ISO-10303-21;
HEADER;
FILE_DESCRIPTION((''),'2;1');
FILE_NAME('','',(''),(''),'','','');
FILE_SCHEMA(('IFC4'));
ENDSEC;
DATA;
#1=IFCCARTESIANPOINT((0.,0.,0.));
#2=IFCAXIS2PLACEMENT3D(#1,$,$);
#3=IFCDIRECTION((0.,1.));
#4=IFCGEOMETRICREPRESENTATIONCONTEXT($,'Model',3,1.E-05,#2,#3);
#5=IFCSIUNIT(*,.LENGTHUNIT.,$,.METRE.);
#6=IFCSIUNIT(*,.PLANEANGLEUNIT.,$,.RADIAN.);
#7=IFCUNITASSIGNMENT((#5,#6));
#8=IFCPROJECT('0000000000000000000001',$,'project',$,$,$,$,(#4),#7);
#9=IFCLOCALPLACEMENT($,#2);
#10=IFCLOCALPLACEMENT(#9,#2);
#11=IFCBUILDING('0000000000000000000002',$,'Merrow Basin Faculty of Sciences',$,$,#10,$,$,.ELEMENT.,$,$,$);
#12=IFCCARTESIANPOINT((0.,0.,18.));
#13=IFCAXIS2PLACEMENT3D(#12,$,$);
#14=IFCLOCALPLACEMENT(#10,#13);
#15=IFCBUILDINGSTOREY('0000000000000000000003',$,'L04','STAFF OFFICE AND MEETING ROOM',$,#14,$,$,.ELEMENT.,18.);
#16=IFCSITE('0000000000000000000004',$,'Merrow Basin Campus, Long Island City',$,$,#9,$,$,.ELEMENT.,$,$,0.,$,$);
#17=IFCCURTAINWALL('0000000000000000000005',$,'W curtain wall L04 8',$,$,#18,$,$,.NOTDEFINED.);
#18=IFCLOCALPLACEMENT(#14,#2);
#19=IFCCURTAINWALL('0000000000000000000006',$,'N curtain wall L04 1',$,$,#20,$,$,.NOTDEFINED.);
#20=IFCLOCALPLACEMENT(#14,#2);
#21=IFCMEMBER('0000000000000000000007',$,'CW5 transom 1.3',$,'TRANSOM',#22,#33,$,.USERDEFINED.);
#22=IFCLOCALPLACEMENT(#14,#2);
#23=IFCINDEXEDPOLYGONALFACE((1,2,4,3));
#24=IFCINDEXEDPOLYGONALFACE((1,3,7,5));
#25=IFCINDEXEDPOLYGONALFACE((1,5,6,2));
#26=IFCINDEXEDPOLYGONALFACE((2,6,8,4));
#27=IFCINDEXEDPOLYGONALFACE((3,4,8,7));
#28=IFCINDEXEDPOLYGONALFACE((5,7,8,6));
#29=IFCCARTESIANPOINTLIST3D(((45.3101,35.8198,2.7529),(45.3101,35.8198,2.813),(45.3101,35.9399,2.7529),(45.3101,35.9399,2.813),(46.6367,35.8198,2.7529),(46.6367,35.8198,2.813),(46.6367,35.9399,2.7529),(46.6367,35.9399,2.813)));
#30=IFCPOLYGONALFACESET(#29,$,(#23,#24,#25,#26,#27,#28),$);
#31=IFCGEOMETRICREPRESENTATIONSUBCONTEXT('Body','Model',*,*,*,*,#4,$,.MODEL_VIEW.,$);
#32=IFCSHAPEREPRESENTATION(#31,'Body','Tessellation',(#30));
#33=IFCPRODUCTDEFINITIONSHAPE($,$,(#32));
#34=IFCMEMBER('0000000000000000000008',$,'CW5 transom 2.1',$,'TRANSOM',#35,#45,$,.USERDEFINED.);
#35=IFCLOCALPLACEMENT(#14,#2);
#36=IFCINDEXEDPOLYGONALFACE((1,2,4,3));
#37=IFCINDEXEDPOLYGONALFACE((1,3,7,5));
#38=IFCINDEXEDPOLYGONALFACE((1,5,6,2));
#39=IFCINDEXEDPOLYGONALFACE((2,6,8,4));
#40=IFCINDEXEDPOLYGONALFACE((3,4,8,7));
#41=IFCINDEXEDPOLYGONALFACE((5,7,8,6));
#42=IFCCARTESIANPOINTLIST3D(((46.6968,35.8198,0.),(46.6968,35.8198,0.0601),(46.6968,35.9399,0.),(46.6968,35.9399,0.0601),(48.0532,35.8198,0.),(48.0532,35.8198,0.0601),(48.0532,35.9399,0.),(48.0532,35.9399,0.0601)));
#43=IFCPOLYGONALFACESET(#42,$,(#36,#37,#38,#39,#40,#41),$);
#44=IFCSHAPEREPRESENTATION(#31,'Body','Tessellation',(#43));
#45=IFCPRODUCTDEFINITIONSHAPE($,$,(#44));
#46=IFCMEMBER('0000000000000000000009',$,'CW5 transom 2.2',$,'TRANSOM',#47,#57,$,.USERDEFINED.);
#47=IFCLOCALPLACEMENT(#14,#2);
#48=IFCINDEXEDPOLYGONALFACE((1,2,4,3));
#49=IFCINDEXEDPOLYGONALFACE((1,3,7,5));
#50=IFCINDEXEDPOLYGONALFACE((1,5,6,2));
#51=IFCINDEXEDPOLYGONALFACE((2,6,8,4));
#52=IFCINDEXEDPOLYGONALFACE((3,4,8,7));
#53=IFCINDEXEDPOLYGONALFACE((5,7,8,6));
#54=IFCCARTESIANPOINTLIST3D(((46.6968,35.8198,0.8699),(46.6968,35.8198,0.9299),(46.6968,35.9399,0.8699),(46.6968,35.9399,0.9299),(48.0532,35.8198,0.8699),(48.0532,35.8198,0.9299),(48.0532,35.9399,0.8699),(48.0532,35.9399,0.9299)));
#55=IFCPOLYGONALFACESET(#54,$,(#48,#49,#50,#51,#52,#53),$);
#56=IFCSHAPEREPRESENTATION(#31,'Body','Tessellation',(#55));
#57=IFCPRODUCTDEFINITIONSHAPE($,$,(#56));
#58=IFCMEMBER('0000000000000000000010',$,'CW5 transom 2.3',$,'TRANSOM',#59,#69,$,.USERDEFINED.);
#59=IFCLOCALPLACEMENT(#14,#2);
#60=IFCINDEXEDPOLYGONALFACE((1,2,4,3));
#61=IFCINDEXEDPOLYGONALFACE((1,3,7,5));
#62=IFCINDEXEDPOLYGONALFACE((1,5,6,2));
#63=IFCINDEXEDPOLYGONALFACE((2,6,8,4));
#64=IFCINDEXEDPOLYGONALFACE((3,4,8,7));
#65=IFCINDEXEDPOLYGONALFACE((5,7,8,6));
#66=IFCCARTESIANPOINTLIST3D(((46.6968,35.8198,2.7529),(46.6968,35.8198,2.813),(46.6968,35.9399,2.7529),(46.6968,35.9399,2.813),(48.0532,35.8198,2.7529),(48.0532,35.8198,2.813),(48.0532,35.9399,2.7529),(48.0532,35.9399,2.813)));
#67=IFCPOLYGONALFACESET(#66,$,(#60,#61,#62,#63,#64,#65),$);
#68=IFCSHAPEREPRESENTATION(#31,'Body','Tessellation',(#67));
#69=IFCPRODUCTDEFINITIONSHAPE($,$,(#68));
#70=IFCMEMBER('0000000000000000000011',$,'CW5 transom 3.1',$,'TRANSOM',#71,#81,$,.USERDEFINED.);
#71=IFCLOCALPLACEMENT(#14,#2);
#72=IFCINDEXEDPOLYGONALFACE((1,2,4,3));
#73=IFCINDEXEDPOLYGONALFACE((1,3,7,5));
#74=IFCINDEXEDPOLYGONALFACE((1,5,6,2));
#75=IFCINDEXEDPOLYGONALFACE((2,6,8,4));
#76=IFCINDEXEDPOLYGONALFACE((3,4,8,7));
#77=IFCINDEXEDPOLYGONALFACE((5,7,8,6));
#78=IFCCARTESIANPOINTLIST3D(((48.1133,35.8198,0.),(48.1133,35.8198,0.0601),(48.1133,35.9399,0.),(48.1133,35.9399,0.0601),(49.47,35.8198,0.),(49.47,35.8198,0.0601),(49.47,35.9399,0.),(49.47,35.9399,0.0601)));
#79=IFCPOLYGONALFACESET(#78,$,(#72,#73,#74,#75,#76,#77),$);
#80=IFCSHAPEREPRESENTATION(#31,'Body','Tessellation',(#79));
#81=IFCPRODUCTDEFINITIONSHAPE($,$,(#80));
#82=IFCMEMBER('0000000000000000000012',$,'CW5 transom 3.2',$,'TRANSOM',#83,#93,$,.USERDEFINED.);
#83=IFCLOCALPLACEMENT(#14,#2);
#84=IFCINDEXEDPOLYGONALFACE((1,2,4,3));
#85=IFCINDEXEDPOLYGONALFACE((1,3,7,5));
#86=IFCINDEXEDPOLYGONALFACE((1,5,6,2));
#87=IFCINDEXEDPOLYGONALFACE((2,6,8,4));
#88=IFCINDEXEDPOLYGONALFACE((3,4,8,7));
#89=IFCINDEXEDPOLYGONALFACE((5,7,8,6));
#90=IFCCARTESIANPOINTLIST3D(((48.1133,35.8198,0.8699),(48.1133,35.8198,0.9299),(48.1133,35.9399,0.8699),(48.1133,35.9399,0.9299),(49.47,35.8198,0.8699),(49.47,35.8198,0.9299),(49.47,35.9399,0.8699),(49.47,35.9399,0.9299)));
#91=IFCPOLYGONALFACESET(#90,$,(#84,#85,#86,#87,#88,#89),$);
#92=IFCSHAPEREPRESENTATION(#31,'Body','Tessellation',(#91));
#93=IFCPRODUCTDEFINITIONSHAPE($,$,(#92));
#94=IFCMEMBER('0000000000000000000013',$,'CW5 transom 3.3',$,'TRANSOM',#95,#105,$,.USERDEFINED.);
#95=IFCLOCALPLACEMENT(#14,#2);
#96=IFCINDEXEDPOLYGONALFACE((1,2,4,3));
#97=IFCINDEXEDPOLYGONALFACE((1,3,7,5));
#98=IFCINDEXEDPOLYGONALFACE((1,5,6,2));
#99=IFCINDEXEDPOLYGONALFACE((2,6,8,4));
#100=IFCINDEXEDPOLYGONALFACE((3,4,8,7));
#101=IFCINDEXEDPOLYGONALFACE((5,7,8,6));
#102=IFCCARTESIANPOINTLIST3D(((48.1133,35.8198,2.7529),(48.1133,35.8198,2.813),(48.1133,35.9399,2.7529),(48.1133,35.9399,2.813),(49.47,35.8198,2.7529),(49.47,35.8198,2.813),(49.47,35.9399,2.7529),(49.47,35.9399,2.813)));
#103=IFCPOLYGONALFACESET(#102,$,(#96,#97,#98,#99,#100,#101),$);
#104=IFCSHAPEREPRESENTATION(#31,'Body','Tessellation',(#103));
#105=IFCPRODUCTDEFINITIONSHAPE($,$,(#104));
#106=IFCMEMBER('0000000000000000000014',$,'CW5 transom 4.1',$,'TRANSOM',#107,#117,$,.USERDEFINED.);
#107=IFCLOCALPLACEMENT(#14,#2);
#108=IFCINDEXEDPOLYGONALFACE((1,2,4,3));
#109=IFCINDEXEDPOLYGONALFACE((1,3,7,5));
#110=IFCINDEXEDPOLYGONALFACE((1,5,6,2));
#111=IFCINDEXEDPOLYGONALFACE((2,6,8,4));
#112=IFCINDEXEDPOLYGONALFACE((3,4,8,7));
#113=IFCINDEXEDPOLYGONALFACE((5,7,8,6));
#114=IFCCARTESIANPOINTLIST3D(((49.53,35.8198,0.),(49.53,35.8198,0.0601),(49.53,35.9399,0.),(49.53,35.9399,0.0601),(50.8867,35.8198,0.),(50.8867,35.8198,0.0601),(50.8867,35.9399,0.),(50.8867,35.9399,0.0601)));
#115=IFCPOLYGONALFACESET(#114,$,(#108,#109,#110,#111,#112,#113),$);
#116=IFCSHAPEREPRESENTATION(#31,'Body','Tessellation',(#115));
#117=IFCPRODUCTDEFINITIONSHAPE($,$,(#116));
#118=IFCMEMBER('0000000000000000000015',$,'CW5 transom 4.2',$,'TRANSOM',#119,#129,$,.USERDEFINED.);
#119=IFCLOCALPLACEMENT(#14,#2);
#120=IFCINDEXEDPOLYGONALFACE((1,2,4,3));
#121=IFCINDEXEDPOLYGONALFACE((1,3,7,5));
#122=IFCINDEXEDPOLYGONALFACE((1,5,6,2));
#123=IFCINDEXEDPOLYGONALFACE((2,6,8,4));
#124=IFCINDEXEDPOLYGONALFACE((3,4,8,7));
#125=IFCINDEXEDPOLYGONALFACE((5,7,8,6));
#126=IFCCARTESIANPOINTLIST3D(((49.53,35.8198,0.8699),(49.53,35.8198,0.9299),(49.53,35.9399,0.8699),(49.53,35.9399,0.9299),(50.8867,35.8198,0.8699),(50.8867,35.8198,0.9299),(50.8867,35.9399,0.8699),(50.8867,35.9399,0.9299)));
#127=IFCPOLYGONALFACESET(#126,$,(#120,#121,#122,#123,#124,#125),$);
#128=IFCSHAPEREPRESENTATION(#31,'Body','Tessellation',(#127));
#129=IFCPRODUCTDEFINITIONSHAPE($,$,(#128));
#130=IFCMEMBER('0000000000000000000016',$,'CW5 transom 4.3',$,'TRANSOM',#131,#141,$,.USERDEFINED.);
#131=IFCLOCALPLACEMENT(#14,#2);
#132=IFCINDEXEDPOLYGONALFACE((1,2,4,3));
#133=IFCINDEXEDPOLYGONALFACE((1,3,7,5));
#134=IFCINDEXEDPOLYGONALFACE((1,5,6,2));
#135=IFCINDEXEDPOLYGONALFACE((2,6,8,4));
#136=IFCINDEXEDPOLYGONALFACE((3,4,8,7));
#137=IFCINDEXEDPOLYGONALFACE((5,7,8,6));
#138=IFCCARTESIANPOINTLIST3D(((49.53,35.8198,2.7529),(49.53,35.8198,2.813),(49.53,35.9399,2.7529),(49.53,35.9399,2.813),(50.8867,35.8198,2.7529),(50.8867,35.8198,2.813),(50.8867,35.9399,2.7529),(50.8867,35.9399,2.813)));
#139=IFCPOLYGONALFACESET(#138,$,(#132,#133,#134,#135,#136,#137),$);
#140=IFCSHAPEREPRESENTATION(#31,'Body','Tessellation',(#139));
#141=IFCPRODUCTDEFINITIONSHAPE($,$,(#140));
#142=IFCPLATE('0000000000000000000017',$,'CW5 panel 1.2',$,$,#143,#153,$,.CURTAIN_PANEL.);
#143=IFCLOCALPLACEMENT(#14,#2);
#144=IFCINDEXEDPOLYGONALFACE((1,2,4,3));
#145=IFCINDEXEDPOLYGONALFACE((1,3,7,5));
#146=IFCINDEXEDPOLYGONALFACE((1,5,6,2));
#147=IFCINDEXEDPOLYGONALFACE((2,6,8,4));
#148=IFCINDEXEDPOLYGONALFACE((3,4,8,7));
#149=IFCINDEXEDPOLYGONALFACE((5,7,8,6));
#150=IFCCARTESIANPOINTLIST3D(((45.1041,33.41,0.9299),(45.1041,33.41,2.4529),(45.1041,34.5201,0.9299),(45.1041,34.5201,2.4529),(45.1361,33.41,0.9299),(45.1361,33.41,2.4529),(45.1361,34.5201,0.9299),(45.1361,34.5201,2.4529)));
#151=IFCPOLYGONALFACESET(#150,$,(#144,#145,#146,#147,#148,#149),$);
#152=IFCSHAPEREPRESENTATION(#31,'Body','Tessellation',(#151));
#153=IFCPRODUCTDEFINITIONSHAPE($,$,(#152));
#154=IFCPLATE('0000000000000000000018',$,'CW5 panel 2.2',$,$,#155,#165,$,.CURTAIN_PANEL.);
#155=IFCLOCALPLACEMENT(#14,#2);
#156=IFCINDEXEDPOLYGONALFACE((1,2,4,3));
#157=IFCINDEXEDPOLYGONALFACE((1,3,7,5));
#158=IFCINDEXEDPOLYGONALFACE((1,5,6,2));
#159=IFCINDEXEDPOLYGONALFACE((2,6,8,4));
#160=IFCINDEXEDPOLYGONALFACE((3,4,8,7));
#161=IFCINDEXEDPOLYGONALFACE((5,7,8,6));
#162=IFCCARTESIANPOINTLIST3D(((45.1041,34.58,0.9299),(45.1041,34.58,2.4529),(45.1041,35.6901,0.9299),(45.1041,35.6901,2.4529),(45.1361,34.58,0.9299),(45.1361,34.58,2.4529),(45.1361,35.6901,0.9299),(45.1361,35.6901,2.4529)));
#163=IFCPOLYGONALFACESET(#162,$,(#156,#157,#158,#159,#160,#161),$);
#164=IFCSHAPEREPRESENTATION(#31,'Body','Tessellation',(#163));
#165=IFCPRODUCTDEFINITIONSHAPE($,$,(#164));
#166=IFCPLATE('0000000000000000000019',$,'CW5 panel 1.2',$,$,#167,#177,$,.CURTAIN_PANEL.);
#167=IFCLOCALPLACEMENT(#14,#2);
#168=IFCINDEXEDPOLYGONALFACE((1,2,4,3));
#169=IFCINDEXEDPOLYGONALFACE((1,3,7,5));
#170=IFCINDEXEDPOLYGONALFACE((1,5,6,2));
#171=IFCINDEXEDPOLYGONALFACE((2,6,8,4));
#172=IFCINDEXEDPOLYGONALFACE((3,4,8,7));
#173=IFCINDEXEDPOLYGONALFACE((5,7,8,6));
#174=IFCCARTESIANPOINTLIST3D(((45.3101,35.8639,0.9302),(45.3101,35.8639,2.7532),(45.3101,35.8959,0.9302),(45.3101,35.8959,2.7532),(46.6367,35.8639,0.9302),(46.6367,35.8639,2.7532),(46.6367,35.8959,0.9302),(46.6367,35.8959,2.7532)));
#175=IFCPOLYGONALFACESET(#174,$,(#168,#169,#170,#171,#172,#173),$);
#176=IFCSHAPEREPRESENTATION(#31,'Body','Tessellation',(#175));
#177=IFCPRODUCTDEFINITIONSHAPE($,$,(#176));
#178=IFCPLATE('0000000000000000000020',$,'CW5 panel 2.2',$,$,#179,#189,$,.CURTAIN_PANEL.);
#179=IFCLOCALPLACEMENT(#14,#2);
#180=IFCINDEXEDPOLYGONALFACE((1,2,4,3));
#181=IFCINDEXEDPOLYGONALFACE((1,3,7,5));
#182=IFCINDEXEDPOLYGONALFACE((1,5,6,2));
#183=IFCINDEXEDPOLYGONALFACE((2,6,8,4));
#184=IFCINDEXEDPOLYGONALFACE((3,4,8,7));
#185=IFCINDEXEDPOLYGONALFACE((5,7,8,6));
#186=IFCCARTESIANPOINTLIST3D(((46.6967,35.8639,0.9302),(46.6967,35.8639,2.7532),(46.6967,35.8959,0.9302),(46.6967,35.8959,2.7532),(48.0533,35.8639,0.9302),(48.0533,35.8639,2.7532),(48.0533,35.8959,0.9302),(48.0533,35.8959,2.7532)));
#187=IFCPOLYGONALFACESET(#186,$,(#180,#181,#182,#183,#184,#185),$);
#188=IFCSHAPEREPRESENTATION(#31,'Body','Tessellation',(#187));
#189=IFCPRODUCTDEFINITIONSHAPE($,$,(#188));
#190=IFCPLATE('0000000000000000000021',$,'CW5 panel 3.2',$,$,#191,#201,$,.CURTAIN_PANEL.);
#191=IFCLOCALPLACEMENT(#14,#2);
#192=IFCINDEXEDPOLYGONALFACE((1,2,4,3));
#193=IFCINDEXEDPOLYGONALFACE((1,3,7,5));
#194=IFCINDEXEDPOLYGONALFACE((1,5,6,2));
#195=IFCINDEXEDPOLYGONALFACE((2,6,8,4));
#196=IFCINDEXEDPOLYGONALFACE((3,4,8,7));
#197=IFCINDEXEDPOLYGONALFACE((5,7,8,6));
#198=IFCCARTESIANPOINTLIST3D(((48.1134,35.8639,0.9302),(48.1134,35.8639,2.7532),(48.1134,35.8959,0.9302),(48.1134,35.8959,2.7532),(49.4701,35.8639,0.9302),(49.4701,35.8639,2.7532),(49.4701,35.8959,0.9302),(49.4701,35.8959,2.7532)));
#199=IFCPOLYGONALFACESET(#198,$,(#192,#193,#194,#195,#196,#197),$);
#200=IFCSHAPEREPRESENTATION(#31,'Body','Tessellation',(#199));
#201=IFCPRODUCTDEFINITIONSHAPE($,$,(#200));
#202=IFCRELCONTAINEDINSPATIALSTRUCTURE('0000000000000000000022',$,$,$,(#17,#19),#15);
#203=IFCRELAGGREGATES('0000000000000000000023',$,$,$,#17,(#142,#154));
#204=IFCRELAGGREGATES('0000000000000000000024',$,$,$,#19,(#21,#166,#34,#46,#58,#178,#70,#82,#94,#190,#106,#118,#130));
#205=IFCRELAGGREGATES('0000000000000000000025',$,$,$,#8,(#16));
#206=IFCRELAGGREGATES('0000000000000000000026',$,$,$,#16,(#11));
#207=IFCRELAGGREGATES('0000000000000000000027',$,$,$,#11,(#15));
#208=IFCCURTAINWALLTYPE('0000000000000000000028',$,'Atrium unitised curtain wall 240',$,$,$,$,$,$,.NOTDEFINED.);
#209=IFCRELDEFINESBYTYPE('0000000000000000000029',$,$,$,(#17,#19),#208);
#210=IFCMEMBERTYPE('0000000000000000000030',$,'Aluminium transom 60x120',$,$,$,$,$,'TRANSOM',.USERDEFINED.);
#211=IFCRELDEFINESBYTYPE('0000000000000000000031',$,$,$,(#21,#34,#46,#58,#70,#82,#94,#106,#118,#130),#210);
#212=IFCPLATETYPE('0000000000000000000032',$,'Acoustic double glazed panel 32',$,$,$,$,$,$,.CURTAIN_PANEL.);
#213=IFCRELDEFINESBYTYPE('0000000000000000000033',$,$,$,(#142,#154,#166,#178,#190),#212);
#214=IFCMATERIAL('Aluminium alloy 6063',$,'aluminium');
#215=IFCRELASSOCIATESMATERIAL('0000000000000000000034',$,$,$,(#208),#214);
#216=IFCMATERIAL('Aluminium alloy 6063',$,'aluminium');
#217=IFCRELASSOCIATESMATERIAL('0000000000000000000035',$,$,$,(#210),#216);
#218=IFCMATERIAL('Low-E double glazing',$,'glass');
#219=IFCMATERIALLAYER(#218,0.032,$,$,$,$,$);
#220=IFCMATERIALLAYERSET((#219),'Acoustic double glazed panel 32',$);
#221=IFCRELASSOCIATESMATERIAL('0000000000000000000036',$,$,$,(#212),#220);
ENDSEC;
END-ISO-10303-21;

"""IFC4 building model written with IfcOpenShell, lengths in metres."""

from ifc_helpers import new_model, si_unit, direction, frame, origin, origin_2d, place, context, subcontext, project, spatial, rectangle, extrude, material, layer, layer_set, material_profile, profile_set, type_object, element, aggregate, save


model = new_model("IFC4")

# Units and contexts
model_context = context("Model", 3, precision=1e-05, world=origin(), true_north=direction((0.0, 1.0)))
body_context = subcontext(model_context, "Body", "Model", "MODEL_VIEW")
ifc_project = project(units=[si_unit("LENGTHUNIT", "METRE"), si_unit("PLANEANGLEUNIT", "RADIAN")], contexts=[model_context])

# Site, building, storey
site_placement = place(None, origin())
site = spatial("IfcSite", under=ifc_project, at=site_placement, Name="Merrow Basin Campus, Long Island City", CompositionType="ELEMENT", RefElevation=0.0)
building_placement = place(site_placement, origin())
building = spatial("IfcBuilding", under=site, at=building_placement, Name="Merrow Basin Faculty of Sciences", CompositionType="ELEMENT")
storey_placement = place(building_placement, frame((0.0, 0.0, 18.0)))
storey = spatial("IfcBuildingStorey", under=building, at=storey_placement, Name="L04", Description="STAFF OFFICE AND MEETING ROOM", CompositionType="ELEMENT", Elevation=18.0)

# Curtain walls
ifc_material_1 = material(Name="Aluminium alloy 6063", Category="aluminium")
curtain_wall_type = type_object("IfcCurtainWallType", Name="Atrium unitised curtain wall 240", PredefinedType="NOTDEFINED", material=ifc_material_1)
curtain_wall_1_placement = place(storey_placement, origin())
curtain_wall_1 = element("IfcCurtainWall", 1, at=curtain_wall_1_placement, inside=storey, type_object=curtain_wall_type, Name="W curtain wall L04 8", PredefinedType="NOTDEFINED")
curtain_wall_2_placement = place(storey_placement, origin())
curtain_wall_2 = element("IfcCurtainWall", 2, at=curtain_wall_2_placement, inside=storey, type_object=curtain_wall_type, Name="N curtain wall L04 1", PredefinedType="NOTDEFINED")

# Members
ifc_material_2 = material(Name="Aluminium alloy 6063", Category="aluminium")
ifc_material_profile_1 = material_profile(ifc_material_2, rectangle(XDim=0.1201, YDim=0.0601, at=origin_2d()))
ifc_profile_set_1 = profile_set([ifc_material_profile_1], Name="Aluminium alloy 6063")
member_type_1 = type_object("IfcMemberType", Name="Aluminium transom 60x120", ElementType="TRANSOM", PredefinedType="USERDEFINED", material=ifc_profile_set_1)
member_1_placement = place(storey_placement, frame((45.3101, 35.8799, 2.783), z_axis=(1.0, 0.0, 0.0), x_axis=(0.0, 1.0, 0.0)))
member_1 = element("IfcMember", 3, at=member_1_placement, type_object=member_type_1, Name="CW5 transom 1.3", ObjectType="TRANSOM", PredefinedType="USERDEFINED", context=body_context, shape_type="SweptSolid", body=[
    extrude(rectangle(XDim=0.1201, YDim=0.0601, at=origin_2d()), origin(), (0.0, 0.0, 1.0), 1.3267),
])
member_2_placement = place(storey_placement, frame((46.6968, 35.8799, 0.03), z_axis=(1.0, 0.0, 0.0), x_axis=(0.0, 1.0, 0.0)))
member_2 = element("IfcMember", 4, at=member_2_placement, type_object=member_type_1, Name="CW5 transom 2.1", ObjectType="TRANSOM", PredefinedType="USERDEFINED", context=body_context, shape_type="SweptSolid", body=[
    extrude(rectangle(XDim=0.1201, YDim=0.0601, at=origin_2d()), origin(), (0.0, 0.0, 1.0), 1.3564),
])
member_3_placement = place(storey_placement, frame((46.6968, 35.8799, 0.8999), z_axis=(1.0, 0.0, 0.0), x_axis=(0.0, 1.0, 0.0)))
member_3 = element("IfcMember", 5, at=member_3_placement, type_object=member_type_1, Name="CW5 transom 2.2", ObjectType="TRANSOM", PredefinedType="USERDEFINED", context=body_context, shape_type="SweptSolid", body=[
    extrude(rectangle(XDim=0.1201, YDim=0.0601, at=origin_2d()), origin(), (0.0, 0.0, 1.0), 1.3564),
])
member_4_placement = place(storey_placement, frame((46.6968, 35.8799, 2.783), z_axis=(1.0, 0.0, 0.0), x_axis=(0.0, 1.0, 0.0)))
member_4 = element("IfcMember", 6, at=member_4_placement, type_object=member_type_1, Name="CW5 transom 2.3", ObjectType="TRANSOM", PredefinedType="USERDEFINED", context=body_context, shape_type="SweptSolid", body=[
    extrude(rectangle(XDim=0.1201, YDim=0.0601, at=origin_2d()), origin(), (0.0, 0.0, 1.0), 1.3564),
])
member_5_placement = place(storey_placement, frame((48.1133, 35.8799, 0.03), z_axis=(1.0, 0.0, 0.0), x_axis=(0.0, 1.0, 0.0)))
member_5 = element("IfcMember", 7, at=member_5_placement, type_object=member_type_1, Name="CW5 transom 3.1", ObjectType="TRANSOM", PredefinedType="USERDEFINED", context=body_context, shape_type="SweptSolid", body=[
    extrude(rectangle(XDim=0.1201, YDim=0.0601, at=origin_2d()), origin(), (0.0, 0.0, 1.0), 1.3567),
])
member_6_placement = place(storey_placement, frame((48.1133, 35.8799, 0.8999), z_axis=(1.0, 0.0, 0.0), x_axis=(0.0, 1.0, 0.0)))
member_6 = element("IfcMember", 8, at=member_6_placement, type_object=member_type_1, Name="CW5 transom 3.2", ObjectType="TRANSOM", PredefinedType="USERDEFINED", context=body_context, shape_type="SweptSolid", body=[
    extrude(rectangle(XDim=0.1201, YDim=0.0601, at=origin_2d()), origin(), (0.0, 0.0, 1.0), 1.3567),
])
member_7_placement = place(storey_placement, frame((48.1133, 35.8799, 2.783), z_axis=(1.0, 0.0, 0.0), x_axis=(0.0, 1.0, 0.0)))
member_7 = element("IfcMember", 9, at=member_7_placement, type_object=member_type_1, Name="CW5 transom 3.3", ObjectType="TRANSOM", PredefinedType="USERDEFINED", context=body_context, shape_type="SweptSolid", body=[
    extrude(rectangle(XDim=0.1201, YDim=0.0601, at=origin_2d()), origin(), (0.0, 0.0, 1.0), 1.3567),
])
member_8_placement = place(storey_placement, frame((49.53, 35.8799, 0.03), z_axis=(1.0, 0.0, 0.0), x_axis=(0.0, 1.0, 0.0)))
member_8 = element("IfcMember", 10, at=member_8_placement, type_object=member_type_1, Name="CW5 transom 4.1", ObjectType="TRANSOM", PredefinedType="USERDEFINED", context=body_context, shape_type="SweptSolid", body=[
    extrude(rectangle(XDim=0.1201, YDim=0.0601, at=origin_2d()), origin(), (0.0, 0.0, 1.0), 1.3567),
])
member_9_placement = place(storey_placement, frame((49.53, 35.8799, 0.8999), z_axis=(1.0, 0.0, 0.0), x_axis=(0.0, 1.0, 0.0)))
member_9 = element("IfcMember", 11, at=member_9_placement, type_object=member_type_1, Name="CW5 transom 4.2", ObjectType="TRANSOM", PredefinedType="USERDEFINED", context=body_context, shape_type="SweptSolid", body=[
    extrude(rectangle(XDim=0.1201, YDim=0.0601, at=origin_2d()), origin(), (0.0, 0.0, 1.0), 1.3567),
])
member_10_placement = place(storey_placement, frame((49.53, 35.8799, 2.783), z_axis=(1.0, 0.0, 0.0), x_axis=(0.0, 1.0, 0.0)))
member_10 = element("IfcMember", 12, at=member_10_placement, type_object=member_type_1, Name="CW5 transom 4.3", ObjectType="TRANSOM", PredefinedType="USERDEFINED", context=body_context, shape_type="SweptSolid", body=[
    extrude(rectangle(XDim=0.1201, YDim=0.0601, at=origin_2d()), origin(), (0.0, 0.0, 1.0), 1.3567),
])

# Plates
ifc_material_3 = material(Name="Low-E double glazing", Category="glass")
ifc_layer_1 = layer(ifc_material_3, 0.032)
ifc_layer_set_1 = layer_set([ifc_layer_1], Name="Acoustic double glazed panel 32")
plate_type_1 = type_object("IfcPlateType", Name="Acoustic double glazed panel 32", PredefinedType="CURTAIN_PANEL", material=ifc_layer_set_1)
plate_1_placement = place(storey_placement, frame((45.1201, 33.9651, 0.9299), z_axis=(0.0, 0.0, 1.0), x_axis=(0.0, 1.0, 0.0)))
plate_1 = element("IfcPlate", 13, at=plate_1_placement, type_object=plate_type_1, Name="CW5 panel 1.2", PredefinedType="CURTAIN_PANEL", context=body_context, shape_type="SweptSolid", body=[
    extrude(rectangle(XDim=1.1101, YDim=0.032, at=origin_2d()), origin(), (0.0, 0.0, 1.0), 1.5229),
])
plate_2_placement = place(storey_placement, frame((45.1201, 35.135, 0.9299), z_axis=(0.0, 0.0, 1.0), x_axis=(0.0, 1.0, 0.0)))
plate_2 = element("IfcPlate", 14, at=plate_2_placement, type_object=plate_type_1, Name="CW5 panel 2.2", PredefinedType="CURTAIN_PANEL", context=body_context, shape_type="SweptSolid", body=[
    extrude(rectangle(XDim=1.1101, YDim=0.032, at=origin_2d()), origin(), (0.0, 0.0, 1.0), 1.5229),
])
plate_3_placement = place(storey_placement, frame((45.9734, 35.8799, 0.9302), z_axis=(0.0, 0.0, 1.0), x_axis=(1.0, 0.0, 0.0)))
plate_3 = element("IfcPlate", 15, at=plate_3_placement, type_object=plate_type_1, Name="CW5 panel 1.2", PredefinedType="CURTAIN_PANEL", context=body_context, shape_type="SweptSolid", body=[
    extrude(rectangle(XDim=1.3267, YDim=0.032, at=origin_2d()), origin(), (0.0, 0.0, 1.0), 1.823),
])
plate_4_placement = place(storey_placement, frame((47.375, 35.8799, 0.9302), z_axis=(0.0, 0.0, 1.0), x_axis=(1.0, 0.0, 0.0)))
plate_4 = element("IfcPlate", 16, at=plate_4_placement, type_object=plate_type_1, Name="CW5 panel 2.2", PredefinedType="CURTAIN_PANEL", context=body_context, shape_type="SweptSolid", body=[
    extrude(rectangle(XDim=1.3567, YDim=0.032, at=origin_2d()), origin(), (0.0, 0.0, 1.0), 1.823),
])
plate_5_placement = place(storey_placement, frame((48.7917, 35.8799, 0.9302), z_axis=(0.0, 0.0, 1.0), x_axis=(1.0, 0.0, 0.0)))
plate_5 = element("IfcPlate", 17, at=plate_5_placement, type_object=plate_type_1, Name="CW5 panel 3.2", PredefinedType="CURTAIN_PANEL", context=body_context, shape_type="SweptSolid", body=[
    extrude(rectangle(XDim=1.3567, YDim=0.032, at=origin_2d()), origin(), (0.0, 0.0, 1.0), 1.823),
])
aggregate(curtain_wall_1, [plate_1, plate_2])
aggregate(curtain_wall_2, [member_1, plate_3, member_2, member_3, member_4, plate_4, member_5, member_6, member_7, plate_5, member_8, member_9, member_10])

save(model, "model.ifc")
